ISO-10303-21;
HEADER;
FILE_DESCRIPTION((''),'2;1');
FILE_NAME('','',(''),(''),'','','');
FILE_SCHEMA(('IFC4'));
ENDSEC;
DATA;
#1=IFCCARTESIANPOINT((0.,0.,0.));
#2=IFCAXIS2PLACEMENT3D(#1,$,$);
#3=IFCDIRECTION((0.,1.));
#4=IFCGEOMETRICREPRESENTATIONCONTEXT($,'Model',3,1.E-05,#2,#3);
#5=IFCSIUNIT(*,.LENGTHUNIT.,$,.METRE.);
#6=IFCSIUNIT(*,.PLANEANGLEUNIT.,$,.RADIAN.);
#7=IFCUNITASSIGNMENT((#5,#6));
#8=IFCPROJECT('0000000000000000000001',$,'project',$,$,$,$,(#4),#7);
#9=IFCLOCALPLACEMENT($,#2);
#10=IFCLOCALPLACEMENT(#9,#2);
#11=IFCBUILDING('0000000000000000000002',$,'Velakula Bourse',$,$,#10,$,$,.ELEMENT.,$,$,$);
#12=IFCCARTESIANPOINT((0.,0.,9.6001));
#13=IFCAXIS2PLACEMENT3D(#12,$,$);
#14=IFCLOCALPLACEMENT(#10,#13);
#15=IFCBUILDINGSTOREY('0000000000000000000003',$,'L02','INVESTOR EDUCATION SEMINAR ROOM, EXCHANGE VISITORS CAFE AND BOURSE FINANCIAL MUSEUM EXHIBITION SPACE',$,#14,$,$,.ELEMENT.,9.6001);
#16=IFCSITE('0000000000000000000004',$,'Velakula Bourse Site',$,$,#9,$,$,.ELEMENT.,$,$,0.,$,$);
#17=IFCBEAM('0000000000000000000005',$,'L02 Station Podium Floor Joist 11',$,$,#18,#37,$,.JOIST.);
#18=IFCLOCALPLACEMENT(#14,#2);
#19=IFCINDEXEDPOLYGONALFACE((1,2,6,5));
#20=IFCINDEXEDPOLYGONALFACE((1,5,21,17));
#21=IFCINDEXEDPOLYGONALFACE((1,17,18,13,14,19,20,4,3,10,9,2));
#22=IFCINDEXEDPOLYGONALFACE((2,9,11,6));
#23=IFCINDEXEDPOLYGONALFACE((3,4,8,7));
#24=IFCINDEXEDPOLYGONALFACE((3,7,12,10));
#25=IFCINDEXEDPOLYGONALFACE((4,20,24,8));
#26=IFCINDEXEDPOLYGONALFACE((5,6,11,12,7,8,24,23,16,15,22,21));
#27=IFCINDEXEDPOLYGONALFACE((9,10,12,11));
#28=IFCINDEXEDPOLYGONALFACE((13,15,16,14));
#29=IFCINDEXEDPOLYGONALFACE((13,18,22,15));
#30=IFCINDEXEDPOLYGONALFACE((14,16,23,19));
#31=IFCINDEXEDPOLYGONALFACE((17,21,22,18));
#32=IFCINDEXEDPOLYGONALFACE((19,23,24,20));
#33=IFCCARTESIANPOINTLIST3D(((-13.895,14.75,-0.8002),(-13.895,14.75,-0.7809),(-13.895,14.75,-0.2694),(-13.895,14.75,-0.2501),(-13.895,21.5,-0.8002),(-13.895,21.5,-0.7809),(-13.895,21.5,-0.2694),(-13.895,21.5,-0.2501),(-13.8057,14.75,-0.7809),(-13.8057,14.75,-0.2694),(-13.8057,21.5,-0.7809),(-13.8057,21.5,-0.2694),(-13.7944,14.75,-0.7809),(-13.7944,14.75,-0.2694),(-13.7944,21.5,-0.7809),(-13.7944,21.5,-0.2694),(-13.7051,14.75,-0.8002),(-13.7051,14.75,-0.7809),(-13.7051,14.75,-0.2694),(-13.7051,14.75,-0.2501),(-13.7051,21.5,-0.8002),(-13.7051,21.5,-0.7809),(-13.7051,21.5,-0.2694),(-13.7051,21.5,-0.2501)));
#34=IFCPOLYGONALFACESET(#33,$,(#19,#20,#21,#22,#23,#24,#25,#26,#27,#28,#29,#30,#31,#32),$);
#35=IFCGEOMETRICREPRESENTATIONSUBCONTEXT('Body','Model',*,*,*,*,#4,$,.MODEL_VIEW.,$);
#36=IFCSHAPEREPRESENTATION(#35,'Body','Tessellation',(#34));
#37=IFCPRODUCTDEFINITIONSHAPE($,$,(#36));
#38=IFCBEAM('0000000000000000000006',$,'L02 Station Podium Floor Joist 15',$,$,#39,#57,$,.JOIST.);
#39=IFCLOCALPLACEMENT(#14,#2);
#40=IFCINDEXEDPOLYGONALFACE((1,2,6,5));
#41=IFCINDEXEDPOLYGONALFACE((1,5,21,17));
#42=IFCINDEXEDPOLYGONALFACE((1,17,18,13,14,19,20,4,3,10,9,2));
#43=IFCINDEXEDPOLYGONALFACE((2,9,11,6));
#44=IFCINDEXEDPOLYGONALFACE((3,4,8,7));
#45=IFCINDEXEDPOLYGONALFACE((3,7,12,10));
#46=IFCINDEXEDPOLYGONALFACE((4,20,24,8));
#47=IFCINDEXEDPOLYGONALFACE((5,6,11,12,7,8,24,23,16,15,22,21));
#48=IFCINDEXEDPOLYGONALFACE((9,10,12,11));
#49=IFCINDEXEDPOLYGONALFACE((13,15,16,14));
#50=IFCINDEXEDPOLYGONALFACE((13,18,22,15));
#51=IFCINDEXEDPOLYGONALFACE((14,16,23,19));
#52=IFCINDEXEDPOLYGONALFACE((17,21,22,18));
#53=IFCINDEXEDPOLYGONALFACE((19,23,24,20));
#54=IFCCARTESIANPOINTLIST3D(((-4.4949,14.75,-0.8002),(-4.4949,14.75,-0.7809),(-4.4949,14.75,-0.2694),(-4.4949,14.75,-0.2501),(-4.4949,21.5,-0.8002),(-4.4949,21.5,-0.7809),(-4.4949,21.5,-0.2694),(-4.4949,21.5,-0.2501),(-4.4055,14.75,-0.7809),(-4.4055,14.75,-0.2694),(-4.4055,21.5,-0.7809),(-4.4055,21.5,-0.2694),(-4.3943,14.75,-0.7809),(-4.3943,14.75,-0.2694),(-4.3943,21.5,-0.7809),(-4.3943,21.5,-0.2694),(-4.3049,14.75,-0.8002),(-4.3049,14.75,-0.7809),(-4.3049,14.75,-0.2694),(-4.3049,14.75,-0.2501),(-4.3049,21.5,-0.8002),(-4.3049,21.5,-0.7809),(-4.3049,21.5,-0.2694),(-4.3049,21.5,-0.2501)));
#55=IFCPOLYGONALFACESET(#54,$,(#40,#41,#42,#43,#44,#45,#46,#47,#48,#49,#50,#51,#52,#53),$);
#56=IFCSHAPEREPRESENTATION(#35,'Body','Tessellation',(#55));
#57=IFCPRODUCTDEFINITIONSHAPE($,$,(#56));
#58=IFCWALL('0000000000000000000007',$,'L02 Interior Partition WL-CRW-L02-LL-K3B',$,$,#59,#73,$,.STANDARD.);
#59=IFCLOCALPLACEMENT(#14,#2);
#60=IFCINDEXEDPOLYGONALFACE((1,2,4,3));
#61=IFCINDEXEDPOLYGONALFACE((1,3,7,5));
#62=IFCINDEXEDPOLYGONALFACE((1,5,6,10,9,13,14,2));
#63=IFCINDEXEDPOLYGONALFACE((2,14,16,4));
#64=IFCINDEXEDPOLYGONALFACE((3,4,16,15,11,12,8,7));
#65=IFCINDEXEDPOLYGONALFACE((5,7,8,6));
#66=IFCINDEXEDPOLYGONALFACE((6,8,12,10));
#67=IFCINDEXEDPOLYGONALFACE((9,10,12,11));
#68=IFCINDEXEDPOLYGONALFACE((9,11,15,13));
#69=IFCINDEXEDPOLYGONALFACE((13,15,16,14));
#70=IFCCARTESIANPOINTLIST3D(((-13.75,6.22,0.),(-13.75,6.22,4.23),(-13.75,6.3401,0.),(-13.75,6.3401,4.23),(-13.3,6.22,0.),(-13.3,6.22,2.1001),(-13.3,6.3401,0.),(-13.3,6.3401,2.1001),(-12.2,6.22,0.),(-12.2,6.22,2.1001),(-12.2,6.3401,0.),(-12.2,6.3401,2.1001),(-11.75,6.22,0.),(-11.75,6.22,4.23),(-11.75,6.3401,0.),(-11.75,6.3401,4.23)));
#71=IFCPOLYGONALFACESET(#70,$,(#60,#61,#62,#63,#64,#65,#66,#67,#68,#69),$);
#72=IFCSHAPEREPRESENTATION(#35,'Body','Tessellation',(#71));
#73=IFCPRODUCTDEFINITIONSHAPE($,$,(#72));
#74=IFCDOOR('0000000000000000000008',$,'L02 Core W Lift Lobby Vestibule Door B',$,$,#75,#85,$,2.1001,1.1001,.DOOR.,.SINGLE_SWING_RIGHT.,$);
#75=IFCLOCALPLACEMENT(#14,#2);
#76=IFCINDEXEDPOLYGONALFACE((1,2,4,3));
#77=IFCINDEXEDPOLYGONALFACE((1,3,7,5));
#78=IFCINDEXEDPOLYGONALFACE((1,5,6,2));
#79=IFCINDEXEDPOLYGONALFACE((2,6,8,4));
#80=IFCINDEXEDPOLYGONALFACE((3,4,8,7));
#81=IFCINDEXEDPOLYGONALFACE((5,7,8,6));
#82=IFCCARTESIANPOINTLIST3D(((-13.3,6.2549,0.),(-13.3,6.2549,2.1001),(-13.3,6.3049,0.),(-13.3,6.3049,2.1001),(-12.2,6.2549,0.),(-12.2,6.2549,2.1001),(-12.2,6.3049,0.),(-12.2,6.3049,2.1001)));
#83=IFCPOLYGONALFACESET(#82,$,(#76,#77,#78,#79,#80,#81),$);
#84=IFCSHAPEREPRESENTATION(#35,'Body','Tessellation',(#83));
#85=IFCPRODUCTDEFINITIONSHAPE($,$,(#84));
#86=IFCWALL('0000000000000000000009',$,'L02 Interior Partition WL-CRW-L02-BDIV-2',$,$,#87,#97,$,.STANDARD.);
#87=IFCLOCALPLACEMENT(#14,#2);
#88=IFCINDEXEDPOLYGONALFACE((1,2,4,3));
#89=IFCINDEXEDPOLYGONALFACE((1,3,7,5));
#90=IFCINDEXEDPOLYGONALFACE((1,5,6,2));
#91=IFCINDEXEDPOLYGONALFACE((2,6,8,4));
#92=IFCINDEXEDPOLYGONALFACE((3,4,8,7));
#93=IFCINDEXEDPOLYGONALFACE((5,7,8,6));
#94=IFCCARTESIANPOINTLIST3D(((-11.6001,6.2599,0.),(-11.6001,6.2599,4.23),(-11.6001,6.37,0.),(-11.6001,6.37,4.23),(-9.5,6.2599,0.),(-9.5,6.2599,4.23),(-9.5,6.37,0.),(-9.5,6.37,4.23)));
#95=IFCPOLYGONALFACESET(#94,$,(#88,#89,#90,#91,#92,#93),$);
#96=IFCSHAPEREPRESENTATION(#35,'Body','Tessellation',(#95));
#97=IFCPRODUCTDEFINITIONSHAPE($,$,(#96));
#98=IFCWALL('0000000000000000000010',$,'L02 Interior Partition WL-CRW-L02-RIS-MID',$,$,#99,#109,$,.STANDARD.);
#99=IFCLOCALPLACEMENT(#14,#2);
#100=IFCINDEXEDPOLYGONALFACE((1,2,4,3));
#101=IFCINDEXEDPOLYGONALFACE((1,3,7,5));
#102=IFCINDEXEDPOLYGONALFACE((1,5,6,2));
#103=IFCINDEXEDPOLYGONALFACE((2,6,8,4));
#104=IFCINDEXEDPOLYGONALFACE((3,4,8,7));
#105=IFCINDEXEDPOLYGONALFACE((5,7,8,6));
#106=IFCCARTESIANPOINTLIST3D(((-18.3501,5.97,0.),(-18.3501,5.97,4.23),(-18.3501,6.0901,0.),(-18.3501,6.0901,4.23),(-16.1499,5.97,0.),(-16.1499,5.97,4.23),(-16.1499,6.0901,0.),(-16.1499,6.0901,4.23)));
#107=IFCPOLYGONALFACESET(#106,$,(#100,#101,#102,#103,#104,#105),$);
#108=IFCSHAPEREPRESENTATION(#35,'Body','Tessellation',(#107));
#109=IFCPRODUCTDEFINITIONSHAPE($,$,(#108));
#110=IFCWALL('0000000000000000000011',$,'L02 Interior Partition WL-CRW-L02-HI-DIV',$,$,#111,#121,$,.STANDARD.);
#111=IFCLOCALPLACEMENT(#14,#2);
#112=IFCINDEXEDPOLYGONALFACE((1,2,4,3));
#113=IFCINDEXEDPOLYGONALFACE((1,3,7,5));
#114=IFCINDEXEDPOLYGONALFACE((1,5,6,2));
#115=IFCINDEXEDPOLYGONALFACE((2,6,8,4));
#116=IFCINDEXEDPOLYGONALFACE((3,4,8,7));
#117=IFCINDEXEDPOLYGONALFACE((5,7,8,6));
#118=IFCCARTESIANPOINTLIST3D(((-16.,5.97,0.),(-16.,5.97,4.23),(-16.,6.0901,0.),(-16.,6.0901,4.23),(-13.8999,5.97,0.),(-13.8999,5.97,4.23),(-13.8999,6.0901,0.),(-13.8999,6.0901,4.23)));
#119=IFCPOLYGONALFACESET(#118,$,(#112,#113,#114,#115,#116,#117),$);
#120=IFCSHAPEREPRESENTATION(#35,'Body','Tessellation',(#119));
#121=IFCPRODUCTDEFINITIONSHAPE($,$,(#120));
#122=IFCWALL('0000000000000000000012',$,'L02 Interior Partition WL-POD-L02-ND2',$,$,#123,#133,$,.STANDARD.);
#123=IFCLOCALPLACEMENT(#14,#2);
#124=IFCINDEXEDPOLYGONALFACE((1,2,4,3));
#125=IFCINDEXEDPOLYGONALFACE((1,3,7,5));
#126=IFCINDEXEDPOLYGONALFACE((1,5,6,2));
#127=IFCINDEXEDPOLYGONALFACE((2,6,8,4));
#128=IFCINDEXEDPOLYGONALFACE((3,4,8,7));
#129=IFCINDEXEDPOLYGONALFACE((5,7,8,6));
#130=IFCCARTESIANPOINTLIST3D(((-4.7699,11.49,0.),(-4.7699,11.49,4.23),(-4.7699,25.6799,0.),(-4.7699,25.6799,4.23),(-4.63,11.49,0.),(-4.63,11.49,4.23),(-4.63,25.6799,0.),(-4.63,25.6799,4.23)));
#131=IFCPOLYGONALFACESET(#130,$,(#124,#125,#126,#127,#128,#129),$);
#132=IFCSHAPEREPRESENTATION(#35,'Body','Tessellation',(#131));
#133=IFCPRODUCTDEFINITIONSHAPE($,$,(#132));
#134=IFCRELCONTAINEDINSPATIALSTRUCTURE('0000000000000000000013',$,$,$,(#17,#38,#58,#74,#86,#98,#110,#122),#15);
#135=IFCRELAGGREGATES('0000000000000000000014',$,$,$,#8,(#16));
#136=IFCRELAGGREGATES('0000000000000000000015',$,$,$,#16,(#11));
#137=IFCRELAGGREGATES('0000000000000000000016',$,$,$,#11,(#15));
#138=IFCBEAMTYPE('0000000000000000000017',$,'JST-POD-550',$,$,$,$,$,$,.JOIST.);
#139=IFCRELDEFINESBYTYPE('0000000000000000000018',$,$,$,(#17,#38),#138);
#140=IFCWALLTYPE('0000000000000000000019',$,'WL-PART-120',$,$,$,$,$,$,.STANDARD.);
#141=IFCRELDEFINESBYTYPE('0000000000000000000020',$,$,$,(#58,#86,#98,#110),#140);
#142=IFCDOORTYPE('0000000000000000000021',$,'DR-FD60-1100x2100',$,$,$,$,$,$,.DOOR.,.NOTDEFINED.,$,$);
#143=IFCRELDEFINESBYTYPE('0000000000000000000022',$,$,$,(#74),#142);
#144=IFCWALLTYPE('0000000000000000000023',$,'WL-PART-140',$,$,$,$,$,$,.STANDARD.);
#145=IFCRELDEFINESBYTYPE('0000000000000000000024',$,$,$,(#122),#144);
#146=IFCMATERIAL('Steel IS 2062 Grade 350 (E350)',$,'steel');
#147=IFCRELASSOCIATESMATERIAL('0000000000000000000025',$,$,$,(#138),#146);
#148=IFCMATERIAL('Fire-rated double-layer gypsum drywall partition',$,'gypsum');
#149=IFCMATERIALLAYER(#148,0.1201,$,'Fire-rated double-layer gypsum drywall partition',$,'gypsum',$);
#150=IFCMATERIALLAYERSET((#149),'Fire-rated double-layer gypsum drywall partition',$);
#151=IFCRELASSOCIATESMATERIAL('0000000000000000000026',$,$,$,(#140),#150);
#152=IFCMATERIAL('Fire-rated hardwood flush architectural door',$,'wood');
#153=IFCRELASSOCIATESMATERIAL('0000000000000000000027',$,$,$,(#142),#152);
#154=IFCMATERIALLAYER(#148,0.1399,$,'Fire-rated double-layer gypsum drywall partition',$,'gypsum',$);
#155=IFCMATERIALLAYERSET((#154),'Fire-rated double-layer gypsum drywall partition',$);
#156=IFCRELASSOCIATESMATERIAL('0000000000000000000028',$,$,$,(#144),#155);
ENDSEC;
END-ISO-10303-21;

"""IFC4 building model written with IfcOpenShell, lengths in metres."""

from ifc_helpers import new_model, si_unit, direction, frame, frame_2d, origin, origin_2d, place, context, subcontext, project, spatial, rectangle, i_section, extrude, material, layer, layer_set, material_profile, profile_set, type_object, element, fill, save


model = new_model("IFC4")

# Units and contexts
model_context = context("Model", 3, precision=1e-05, world=origin(), true_north=direction((0.0, 1.0)))
body_context = subcontext(model_context, "Body", "Model", "MODEL_VIEW")
ifc_project = project(units=[si_unit("LENGTHUNIT", "METRE"), si_unit("PLANEANGLEUNIT", "RADIAN")], contexts=[model_context])

# Site, building, storey
site_placement = place(None, origin())
site = spatial("IfcSite", under=ifc_project, at=site_placement, Name="Velakula Bourse Site", CompositionType="ELEMENT", RefElevation=0.0)
building_placement = place(site_placement, origin())
building = spatial("IfcBuilding", under=site, at=building_placement, Name="Velakula Bourse", CompositionType="ELEMENT")
storey_placement = place(building_placement, frame((0.0, 0.0, 9.6001)))
storey = spatial("IfcBuildingStorey", under=building, at=storey_placement, Name="L02", Description="INVESTOR EDUCATION SEMINAR ROOM, EXCHANGE VISITORS CAFE AND BOURSE FINANCIAL MUSEUM EXHIBITION SPACE", CompositionType="ELEMENT", Elevation=9.6001)

# Beams
ifc_material_1 = material(Name="Steel IS 2062 Grade 350 (E350)", Category="steel")
ifc_material_profile_1 = material_profile(ifc_material_1, i_section(OverallWidth=0.1899, OverallDepth=0.55, WebThickness=0.0112, FlangeThickness=0.0193, at=origin_2d()), Name="Steel IS 2062 Grade 350 (E350)")
ifc_profile_set_1 = profile_set([ifc_material_profile_1], Name="Steel IS 2062 Grade 350 (E350)")
beam_type_1 = type_object("IfcBeamType", Name="JST-POD-550", PredefinedType="JOIST", material=ifc_profile_set_1)
for number, where, z_axis, x_axis, name in (
    (1, (-13.8, 14.75, -0.5251), (0.0, 1.0, 0.0), (-1.0, 0.0, 0.0), "L02 Station Podium Floor Joist 11"),
    (2, (-4.3999, 14.75, -0.5251), (0.0, 1.0, 0.0), (-1.0, 0.0, 0.0), "L02 Station Podium Floor Joist 15"),
):
    element("IfcBeam", number, at=place(storey_placement, frame(where, z_axis=z_axis, x_axis=x_axis)), inside=storey, type_object=beam_type_1, Name=name, PredefinedType="JOIST", context=body_context, shape_type="SweptSolid", body=[
        extrude(i_section(OverallWidth=0.1899, OverallDepth=0.55, WebThickness=0.0112, FlangeThickness=0.0193, at=origin_2d()), origin(), (0.0, 0.0, 1.0), 6.75),
    ])

# Wall, opening, door
ifc_material_2 = material(Name="Fire-rated double-layer gypsum drywall partition", Category="gypsum")
ifc_layer_1 = layer(ifc_material_2, 0.1201, Name="Fire-rated double-layer gypsum drywall partition", Category="gypsum")
ifc_layer_set_1 = layer_set([ifc_layer_1], Name="Fire-rated double-layer gypsum drywall partition")
wall_type_1 = type_object("IfcWallType", Name="WL-PART-120", PredefinedType="STANDARD", material=ifc_layer_set_1)
wall_1_placement = place(storey_placement, frame((-13.75, 6.28, 0.0), z_axis=(0.0, 0.0, 1.0), x_axis=(1.0, 0.0, 0.0)))
wall_1 = element("IfcWall", 3, at=wall_1_placement, inside=storey, type_object=wall_type_1, Name="L02 Interior Partition WL-CRW-L02-LL-K3B", PredefinedType="STANDARD", context=body_context, shape_type="SweptSolid", body=[
    extrude(rectangle(XDim=2.0, YDim=0.1201, at=frame_2d((1.0, 0.0))), origin(), (0.0, 0.0, 1.0), 4.23),
])
opening_placement = place(wall_1_placement, frame((0.45, 0.0, 0.0)))
opening = element("IfcOpeningElement", 4, at=opening_placement, cuts=wall_1, PredefinedType="OPENING", context=body_context, shape_type="SweptSolid", body=[
    extrude(rectangle(XDim=1.1001, YDim=2.1001, at=frame_2d((0.55, 1.05))), frame((0.0, 0.0701, 0.0), z_axis=(0.0, -1.0, 0.0), x_axis=(1.0, 0.0, 0.0)), (0.0, 0.0, 1.0), 0.1401),
])
ifc_material_3 = material(Name="Fire-rated hardwood flush architectural door", Category="wood")
door_type = type_object("IfcDoorType", Name="DR-FD60-1100x2100", OperationType="NOTDEFINED", PredefinedType="DOOR", material=ifc_material_3)
door_placement = place(opening_placement, origin())
door = element("IfcDoor", 5, at=door_placement, inside=storey, type_object=door_type, Name="L02 Core W Lift Lobby Vestibule Door B", OperationType="SINGLE_SWING_RIGHT", OverallHeight=2.1001, OverallWidth=1.1001, PredefinedType="DOOR", context=body_context, shape_type="SweptSolid", body=[
    extrude(rectangle(XDim=1.1001, YDim=2.1001, at=frame_2d((0.55, 1.05))), frame((0.0, 0.0249, 0.0), z_axis=(0.0, -1.0, 0.0), x_axis=(1.0, 0.0, 0.0)), (0.0, 0.0, 1.0), 0.05),
])
fill(opening, door)

# Walls
wall_2_placement = place(storey_placement, frame((-11.6001, 6.3149, 0.0), z_axis=(0.0, 0.0, 1.0), x_axis=(1.0, 0.0, 0.0)))
element("IfcWall", 6, at=wall_2_placement, inside=storey, type_object=wall_type_1, Name="L02 Interior Partition WL-CRW-L02-BDIV-2", PredefinedType="STANDARD", context=body_context, shape_type="SweptSolid", body=[
    extrude(rectangle(XDim=2.1001, YDim=0.1101, at=frame_2d((1.05, 0.0))), origin(), (0.0, 0.0, 1.0), 4.23),
])
wall_3_placement = place(storey_placement, frame((-18.3501, 6.03, 0.0), z_axis=(0.0, 0.0, 1.0), x_axis=(1.0, 0.0, 0.0)))
element("IfcWall", 7, at=wall_3_placement, inside=storey, type_object=wall_type_1, Name="L02 Interior Partition WL-CRW-L02-RIS-MID", PredefinedType="STANDARD", context=body_context, shape_type="SweptSolid", body=[
    extrude(rectangle(XDim=2.2002, YDim=0.1201, at=frame_2d((1.1001, 0.0))), origin(), (0.0, 0.0, 1.0), 4.23),
])
wall_4_placement = place(storey_placement, frame((-16.0, 6.03, 0.0), z_axis=(0.0, 0.0, 1.0), x_axis=(1.0, 0.0, 0.0)))
element("IfcWall", 8, at=wall_4_placement, inside=storey, type_object=wall_type_1, Name="L02 Interior Partition WL-CRW-L02-HI-DIV", PredefinedType="STANDARD", context=body_context, shape_type="SweptSolid", body=[
    extrude(rectangle(XDim=2.1001, YDim=0.1201, at=frame_2d((1.05, 0.0))), origin(), (0.0, 0.0, 1.0), 4.23),
])
ifc_layer_2 = layer(ifc_material_2, 0.1399, Name="Fire-rated double-layer gypsum drywall partition", Category="gypsum")
ifc_layer_set_2 = layer_set([ifc_layer_2], Name="Fire-rated double-layer gypsum drywall partition")
wall_type_2 = type_object("IfcWallType", Name="WL-PART-140", PredefinedType="STANDARD", material=ifc_layer_set_2)
wall_5_placement = place(storey_placement, frame((-4.7, 11.49, 0.0), z_axis=(0.0, 0.0, 1.0), x_axis=(0.0, 1.0, 0.0)))
element("IfcWall", 9, at=wall_5_placement, inside=storey, type_object=wall_type_2, Name="L02 Interior Partition WL-POD-L02-ND2", PredefinedType="STANDARD", context=body_context, shape_type="SweptSolid", body=[
    extrude(rectangle(XDim=14.1899, YDim=0.1399, at=frame_2d((7.095, 0.0))), origin(), (0.0, 0.0, 1.0), 4.23),
])

save(model, "model.ifc")
